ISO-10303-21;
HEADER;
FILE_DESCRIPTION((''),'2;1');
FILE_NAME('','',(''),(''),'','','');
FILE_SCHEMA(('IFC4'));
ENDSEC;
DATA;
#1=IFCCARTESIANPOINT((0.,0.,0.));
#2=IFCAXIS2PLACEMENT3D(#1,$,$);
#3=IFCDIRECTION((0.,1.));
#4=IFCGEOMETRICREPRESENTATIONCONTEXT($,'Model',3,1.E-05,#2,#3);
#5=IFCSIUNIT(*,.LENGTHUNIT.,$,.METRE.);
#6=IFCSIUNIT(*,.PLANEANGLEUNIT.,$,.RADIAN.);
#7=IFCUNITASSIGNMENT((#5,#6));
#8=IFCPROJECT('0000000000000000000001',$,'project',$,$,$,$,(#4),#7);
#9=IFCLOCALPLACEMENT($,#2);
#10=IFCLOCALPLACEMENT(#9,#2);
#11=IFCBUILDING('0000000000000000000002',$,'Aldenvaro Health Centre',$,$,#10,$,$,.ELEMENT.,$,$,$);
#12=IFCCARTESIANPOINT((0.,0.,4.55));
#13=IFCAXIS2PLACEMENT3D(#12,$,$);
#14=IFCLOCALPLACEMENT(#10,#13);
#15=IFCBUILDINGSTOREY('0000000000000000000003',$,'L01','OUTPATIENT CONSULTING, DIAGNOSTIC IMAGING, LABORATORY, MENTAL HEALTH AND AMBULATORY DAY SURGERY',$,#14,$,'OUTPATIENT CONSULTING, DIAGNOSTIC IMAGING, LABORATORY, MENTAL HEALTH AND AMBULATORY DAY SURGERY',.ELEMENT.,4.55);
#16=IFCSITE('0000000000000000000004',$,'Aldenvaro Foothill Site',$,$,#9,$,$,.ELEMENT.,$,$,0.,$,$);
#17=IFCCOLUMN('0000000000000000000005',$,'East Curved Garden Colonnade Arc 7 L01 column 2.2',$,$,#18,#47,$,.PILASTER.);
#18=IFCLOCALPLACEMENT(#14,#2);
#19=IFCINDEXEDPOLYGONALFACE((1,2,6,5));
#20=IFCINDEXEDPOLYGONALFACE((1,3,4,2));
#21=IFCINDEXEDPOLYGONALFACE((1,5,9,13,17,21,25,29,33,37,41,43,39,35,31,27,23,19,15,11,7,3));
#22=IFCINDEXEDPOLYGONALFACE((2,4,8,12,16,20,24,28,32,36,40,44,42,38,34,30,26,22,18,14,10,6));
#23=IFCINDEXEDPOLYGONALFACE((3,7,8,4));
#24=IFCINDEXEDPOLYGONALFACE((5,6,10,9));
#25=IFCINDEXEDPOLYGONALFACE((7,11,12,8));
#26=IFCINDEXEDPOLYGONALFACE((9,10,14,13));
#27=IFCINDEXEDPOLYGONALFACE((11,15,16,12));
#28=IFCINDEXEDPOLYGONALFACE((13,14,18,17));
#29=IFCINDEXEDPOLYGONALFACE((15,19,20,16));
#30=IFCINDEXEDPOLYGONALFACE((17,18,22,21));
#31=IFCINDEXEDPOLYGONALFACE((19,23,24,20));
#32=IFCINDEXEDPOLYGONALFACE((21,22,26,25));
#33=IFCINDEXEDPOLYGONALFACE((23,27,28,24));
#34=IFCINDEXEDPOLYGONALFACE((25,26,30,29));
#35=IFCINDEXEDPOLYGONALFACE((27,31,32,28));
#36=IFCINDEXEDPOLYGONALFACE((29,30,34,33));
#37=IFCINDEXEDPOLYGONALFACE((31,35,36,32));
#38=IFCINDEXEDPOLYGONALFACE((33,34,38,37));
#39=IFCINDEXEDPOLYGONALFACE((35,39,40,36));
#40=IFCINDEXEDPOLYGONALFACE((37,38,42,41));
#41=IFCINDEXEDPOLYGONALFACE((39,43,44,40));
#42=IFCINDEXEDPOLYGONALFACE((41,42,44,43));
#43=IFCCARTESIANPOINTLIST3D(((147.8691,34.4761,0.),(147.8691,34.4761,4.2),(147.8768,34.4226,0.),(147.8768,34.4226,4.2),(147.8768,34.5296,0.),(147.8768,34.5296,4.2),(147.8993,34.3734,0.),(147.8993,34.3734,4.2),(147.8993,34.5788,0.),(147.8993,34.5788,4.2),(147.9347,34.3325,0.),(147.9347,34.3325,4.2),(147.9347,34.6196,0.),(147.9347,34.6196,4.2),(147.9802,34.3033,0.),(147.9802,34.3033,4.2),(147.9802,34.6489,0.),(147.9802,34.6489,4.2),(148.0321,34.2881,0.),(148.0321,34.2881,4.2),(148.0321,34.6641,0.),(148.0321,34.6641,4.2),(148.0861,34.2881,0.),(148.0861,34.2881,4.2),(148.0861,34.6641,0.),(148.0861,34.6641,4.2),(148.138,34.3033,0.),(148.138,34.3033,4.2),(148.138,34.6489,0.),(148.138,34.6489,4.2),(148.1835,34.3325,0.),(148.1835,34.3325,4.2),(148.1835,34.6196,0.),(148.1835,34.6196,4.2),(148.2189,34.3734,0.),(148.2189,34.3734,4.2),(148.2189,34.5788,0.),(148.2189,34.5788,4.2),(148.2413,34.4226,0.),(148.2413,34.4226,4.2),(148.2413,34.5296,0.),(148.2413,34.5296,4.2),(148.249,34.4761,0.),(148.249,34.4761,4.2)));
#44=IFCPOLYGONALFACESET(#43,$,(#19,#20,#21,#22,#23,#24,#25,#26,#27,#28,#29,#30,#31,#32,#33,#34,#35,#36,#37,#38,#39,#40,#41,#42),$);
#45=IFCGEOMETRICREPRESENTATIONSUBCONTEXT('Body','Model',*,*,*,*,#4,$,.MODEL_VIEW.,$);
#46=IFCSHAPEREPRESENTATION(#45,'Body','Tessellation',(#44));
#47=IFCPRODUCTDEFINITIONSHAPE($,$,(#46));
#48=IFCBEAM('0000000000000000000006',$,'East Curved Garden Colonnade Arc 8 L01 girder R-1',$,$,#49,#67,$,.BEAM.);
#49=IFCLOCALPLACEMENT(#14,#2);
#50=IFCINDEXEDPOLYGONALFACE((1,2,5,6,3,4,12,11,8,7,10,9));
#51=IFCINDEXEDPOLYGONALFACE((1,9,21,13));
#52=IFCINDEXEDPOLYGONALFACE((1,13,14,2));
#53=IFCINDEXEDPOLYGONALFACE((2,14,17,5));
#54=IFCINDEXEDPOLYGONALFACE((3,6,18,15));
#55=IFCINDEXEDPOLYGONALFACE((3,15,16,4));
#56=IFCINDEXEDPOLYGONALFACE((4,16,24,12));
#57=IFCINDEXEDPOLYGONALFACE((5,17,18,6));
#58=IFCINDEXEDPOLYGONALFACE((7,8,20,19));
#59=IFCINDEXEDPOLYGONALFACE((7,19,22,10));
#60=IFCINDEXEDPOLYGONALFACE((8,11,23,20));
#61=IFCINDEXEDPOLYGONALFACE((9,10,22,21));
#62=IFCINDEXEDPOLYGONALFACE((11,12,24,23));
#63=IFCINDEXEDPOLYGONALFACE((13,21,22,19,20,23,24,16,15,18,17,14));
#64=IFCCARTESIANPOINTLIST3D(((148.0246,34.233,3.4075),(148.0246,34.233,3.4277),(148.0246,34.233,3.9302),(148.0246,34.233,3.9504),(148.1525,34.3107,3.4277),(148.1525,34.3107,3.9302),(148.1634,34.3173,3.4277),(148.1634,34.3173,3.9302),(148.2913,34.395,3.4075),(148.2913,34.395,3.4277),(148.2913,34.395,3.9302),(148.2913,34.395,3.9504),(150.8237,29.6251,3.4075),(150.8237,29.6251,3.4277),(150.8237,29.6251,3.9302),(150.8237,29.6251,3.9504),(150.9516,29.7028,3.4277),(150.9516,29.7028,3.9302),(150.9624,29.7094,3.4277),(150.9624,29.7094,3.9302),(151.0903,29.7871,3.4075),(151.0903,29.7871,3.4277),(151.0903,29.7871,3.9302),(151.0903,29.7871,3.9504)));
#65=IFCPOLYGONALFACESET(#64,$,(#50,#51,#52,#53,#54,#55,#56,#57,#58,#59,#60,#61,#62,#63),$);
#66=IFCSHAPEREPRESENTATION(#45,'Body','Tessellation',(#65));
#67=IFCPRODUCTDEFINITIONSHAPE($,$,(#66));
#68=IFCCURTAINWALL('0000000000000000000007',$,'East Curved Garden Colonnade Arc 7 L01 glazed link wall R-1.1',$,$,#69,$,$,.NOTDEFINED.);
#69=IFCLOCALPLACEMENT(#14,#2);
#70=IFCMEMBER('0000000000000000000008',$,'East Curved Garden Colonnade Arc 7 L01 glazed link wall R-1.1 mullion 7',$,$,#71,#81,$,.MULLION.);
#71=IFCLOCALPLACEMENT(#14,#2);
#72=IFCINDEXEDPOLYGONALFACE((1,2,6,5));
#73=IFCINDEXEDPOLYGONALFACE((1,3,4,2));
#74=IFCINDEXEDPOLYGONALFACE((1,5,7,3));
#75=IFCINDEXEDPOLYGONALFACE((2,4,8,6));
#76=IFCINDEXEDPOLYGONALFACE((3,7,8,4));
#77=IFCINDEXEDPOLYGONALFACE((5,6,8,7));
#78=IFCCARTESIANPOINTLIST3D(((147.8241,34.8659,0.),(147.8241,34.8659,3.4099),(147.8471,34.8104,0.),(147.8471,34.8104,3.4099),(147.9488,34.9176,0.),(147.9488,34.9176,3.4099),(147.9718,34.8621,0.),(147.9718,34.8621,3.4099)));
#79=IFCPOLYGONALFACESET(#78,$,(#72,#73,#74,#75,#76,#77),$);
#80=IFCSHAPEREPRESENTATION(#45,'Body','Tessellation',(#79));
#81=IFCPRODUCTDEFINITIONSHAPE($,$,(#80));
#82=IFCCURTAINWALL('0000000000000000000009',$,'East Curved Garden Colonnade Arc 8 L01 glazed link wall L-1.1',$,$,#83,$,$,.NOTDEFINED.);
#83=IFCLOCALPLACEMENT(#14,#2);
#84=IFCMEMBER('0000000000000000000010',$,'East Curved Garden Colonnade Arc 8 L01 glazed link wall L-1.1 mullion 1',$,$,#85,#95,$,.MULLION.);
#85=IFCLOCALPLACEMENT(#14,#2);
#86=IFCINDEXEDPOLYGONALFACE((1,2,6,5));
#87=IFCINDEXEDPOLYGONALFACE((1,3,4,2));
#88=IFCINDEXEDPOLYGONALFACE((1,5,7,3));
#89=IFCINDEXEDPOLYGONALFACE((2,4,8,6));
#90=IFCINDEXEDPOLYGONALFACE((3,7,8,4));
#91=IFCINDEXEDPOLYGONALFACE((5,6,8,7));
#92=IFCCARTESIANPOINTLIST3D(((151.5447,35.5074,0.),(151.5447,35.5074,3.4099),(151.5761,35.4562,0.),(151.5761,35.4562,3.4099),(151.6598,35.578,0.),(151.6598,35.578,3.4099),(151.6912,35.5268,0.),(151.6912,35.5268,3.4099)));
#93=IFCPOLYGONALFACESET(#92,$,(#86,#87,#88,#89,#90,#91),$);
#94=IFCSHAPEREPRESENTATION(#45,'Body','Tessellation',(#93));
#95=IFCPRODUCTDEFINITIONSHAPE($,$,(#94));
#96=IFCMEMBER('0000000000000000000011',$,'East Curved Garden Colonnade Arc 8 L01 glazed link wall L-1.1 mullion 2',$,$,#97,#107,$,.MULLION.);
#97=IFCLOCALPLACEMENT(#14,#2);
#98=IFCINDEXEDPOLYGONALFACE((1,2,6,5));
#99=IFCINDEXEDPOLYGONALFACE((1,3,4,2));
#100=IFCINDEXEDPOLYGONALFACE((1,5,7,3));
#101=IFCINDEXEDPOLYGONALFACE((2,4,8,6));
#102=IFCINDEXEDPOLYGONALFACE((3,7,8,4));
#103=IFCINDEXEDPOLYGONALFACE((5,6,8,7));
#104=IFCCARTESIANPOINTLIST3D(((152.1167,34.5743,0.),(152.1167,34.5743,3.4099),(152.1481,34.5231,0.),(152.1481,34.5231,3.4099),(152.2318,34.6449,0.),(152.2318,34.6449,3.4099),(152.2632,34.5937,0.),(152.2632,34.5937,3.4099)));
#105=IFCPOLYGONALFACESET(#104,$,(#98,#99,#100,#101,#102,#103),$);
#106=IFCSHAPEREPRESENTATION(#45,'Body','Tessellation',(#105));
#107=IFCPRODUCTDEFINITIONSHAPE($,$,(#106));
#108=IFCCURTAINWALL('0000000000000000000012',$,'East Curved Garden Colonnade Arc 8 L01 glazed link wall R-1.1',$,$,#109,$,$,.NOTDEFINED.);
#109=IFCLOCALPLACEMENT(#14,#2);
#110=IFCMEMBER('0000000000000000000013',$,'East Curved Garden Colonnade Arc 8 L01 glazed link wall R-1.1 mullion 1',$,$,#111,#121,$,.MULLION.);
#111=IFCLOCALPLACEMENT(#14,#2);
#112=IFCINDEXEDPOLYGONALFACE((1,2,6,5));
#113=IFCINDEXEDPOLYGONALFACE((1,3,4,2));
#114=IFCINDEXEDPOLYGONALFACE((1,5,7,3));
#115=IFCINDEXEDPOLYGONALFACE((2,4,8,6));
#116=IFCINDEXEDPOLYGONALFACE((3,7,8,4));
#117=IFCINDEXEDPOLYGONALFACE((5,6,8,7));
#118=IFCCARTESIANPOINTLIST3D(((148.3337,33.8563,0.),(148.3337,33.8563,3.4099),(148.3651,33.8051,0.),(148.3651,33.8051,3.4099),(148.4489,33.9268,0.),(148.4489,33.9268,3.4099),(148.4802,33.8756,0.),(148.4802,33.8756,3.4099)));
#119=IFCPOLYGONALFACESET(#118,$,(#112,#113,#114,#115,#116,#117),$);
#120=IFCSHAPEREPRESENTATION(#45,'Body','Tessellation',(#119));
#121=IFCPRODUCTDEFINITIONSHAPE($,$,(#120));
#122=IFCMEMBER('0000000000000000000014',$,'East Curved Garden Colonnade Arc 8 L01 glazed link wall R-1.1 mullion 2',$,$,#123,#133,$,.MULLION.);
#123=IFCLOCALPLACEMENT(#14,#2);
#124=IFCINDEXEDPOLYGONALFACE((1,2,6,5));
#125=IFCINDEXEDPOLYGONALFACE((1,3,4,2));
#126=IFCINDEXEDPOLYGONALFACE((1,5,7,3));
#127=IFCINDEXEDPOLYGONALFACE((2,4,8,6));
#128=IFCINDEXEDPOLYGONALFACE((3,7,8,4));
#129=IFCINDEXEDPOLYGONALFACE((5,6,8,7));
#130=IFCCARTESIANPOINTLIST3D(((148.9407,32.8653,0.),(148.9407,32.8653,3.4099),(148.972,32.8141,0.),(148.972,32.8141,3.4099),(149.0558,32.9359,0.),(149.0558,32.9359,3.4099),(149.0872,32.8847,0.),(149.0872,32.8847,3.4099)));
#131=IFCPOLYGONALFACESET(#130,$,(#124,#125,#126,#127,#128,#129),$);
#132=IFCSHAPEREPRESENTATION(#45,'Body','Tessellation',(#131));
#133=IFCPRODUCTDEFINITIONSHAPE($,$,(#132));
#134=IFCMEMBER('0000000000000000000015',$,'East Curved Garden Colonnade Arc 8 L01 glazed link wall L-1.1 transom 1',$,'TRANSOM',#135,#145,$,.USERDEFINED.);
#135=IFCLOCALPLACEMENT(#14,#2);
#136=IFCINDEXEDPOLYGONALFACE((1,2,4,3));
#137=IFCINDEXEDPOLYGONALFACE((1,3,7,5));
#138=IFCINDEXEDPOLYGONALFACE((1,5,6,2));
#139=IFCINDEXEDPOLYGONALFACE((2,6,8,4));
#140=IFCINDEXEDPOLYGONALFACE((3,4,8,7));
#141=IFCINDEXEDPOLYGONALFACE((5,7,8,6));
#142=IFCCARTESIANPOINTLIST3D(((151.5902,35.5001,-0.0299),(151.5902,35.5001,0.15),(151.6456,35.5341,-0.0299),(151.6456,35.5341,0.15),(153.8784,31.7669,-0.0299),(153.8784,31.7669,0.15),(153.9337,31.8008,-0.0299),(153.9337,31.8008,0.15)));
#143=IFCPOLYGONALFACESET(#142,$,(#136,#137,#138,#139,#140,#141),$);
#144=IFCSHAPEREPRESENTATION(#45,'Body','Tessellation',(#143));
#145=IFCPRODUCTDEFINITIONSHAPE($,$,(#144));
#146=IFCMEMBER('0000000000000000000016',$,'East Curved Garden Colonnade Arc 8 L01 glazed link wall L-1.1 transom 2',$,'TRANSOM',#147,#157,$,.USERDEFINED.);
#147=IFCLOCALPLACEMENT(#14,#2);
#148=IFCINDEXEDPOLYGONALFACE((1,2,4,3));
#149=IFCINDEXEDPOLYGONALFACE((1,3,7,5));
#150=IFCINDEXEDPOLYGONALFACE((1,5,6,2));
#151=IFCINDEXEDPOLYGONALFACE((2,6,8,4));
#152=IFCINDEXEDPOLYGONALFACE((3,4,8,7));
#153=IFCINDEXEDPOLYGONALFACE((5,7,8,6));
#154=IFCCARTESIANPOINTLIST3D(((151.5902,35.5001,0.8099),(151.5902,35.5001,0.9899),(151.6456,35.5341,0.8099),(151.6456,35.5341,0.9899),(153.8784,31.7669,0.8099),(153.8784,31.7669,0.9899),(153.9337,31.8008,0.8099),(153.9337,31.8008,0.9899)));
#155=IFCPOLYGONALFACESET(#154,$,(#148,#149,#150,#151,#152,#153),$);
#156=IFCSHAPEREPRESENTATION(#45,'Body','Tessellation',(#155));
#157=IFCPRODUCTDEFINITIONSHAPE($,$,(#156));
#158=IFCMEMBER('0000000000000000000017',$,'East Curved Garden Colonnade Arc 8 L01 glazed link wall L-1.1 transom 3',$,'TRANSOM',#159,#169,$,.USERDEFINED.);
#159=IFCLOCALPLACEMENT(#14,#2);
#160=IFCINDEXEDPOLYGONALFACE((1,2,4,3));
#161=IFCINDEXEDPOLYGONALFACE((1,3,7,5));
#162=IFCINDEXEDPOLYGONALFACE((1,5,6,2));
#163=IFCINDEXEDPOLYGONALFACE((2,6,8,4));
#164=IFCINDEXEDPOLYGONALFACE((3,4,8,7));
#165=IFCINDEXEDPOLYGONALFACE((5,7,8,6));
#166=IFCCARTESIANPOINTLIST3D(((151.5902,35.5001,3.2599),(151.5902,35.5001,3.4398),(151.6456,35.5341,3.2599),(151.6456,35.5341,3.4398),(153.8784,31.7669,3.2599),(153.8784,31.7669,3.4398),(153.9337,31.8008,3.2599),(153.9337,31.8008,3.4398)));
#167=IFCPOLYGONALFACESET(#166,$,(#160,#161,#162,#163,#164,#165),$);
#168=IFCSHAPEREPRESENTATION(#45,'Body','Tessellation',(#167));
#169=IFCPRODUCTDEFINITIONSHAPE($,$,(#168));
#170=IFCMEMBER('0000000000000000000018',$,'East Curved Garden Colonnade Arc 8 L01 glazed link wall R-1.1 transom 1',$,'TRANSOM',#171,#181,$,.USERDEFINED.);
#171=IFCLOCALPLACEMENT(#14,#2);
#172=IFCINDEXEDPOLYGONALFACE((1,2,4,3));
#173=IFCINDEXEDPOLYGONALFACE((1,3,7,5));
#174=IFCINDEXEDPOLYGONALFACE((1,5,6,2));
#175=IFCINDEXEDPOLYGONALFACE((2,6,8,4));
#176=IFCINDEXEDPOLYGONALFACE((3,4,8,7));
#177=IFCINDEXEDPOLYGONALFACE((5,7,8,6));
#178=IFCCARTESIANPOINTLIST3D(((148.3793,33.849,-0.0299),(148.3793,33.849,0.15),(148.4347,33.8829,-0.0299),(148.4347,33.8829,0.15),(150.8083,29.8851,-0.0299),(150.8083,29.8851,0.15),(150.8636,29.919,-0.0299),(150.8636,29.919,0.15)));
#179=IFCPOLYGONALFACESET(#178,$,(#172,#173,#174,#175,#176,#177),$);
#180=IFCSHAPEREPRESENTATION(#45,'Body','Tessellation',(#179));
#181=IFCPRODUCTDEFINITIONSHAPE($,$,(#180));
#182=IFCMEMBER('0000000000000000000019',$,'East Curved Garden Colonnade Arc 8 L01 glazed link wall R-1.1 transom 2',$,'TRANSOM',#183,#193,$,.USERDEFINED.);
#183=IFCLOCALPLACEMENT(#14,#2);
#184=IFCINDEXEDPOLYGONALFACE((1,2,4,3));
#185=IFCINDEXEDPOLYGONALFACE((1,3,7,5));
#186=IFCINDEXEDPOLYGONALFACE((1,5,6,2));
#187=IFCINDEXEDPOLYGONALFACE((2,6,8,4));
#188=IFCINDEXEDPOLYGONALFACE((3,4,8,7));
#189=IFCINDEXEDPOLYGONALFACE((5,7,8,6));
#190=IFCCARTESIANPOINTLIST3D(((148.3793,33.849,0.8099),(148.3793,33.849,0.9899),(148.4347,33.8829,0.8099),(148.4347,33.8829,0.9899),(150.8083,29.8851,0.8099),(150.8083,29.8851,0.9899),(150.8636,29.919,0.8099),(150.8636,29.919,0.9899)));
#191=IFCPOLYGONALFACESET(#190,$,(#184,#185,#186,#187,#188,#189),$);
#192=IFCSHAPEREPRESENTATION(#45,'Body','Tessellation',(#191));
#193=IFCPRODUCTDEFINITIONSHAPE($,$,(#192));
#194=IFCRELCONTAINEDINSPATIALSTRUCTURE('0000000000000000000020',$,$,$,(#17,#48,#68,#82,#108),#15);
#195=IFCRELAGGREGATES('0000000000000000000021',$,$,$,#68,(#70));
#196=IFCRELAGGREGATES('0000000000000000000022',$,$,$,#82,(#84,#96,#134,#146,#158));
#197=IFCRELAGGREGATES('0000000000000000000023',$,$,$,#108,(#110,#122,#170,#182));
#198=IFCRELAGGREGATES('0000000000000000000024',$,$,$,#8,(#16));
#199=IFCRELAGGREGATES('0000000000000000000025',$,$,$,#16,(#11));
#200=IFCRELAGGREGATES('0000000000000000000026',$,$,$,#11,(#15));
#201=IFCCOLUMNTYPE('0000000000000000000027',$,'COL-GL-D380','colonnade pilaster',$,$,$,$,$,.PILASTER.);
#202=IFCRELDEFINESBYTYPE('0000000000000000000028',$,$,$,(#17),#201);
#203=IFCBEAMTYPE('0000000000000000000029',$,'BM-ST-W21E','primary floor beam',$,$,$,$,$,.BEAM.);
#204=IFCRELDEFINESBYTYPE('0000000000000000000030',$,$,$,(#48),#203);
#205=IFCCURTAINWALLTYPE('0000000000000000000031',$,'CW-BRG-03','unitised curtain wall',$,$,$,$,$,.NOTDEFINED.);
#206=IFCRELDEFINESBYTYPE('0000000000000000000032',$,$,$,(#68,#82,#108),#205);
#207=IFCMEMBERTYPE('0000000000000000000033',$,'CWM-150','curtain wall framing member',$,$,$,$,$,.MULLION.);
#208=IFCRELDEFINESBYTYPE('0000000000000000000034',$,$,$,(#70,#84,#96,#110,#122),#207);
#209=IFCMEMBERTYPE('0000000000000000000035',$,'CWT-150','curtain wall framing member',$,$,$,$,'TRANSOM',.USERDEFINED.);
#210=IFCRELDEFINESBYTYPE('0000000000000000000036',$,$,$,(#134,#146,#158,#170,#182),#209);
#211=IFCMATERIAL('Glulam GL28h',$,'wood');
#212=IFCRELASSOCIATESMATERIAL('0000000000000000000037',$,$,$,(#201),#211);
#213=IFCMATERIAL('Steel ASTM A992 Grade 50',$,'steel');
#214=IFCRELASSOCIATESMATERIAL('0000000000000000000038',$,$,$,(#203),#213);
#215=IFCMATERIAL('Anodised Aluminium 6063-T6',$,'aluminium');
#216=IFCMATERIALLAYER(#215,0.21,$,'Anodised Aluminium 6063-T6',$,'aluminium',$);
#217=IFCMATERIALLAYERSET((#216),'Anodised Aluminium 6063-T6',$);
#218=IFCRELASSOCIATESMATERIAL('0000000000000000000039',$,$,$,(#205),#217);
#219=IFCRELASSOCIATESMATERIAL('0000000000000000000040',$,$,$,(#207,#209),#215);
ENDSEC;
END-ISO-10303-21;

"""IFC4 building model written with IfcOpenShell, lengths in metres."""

from ifc_helpers import new_model, si_unit, direction, frame, origin, origin_2d, place, context, subcontext, project, spatial, rectangle, circle, i_section, extrude, material, layer, layer_set, material_profile, profile_set, type_object, element, aggregate, save


model = new_model("IFC4")

# Units and contexts
model_context = context("Model", 3, precision=1e-05, world=origin(), true_north=direction((0.0, 1.0)))
body_context = subcontext(model_context, "Body", "Model", "MODEL_VIEW")
ifc_project = project(units=[si_unit("LENGTHUNIT", "METRE"), si_unit("PLANEANGLEUNIT", "RADIAN")], contexts=[model_context])

# Site, building, storey
site_placement = place(None, origin())
site = spatial("IfcSite", under=ifc_project, at=site_placement, Name="Aldenvaro Foothill Site", CompositionType="ELEMENT", RefElevation=0.0)
building_placement = place(site_placement, origin())
building = spatial("IfcBuilding", under=site, at=building_placement, Name="Aldenvaro Health Centre", CompositionType="ELEMENT")
storey_placement = place(building_placement, frame((0.0, 0.0, 4.55)))
storey = spatial("IfcBuildingStorey", under=building, at=storey_placement, Name="L01", Description="OUTPATIENT CONSULTING, DIAGNOSTIC IMAGING, LABORATORY, MENTAL HEALTH AND AMBULATORY DAY SURGERY", LongName="OUTPATIENT CONSULTING, DIAGNOSTIC IMAGING, LABORATORY, MENTAL HEALTH AND AMBULATORY DAY SURGERY", CompositionType="ELEMENT", Elevation=4.55)

# Column
ifc_material_1 = material(Name="Glulam GL28h", Category="wood")
ifc_material_profile_1 = material_profile(ifc_material_1, circle(Radius=0.1899, at=origin_2d()), Name="GL D380", Category="wood")
ifc_profile_set_1 = profile_set([ifc_material_profile_1], Name="Glulam GL28h")
column_type = type_object("IfcColumnType", Name="COL-GL-D380", Description="colonnade pilaster", PredefinedType="PILASTER", material=ifc_profile_set_1)
column_placement = place(storey_placement, frame((148.0591, 34.4761, 0.0), z_axis=(0.0, 0.0, 1.0), x_axis=(1.0, 0.0, 0.0)))
element("IfcColumn", 1, at=column_placement, inside=storey, type_object=column_type, Name="East Curved Garden Colonnade Arc 7 L01 column 2.2", PredefinedType="PILASTER", context=body_context, shape_type="SweptSolid", body=[
    extrude(circle(Radius=0.1899, at=origin_2d()), origin(), (0.0, 0.0, 1.0), 4.2),
])

# Beam
ifc_material_2 = material(Name="Steel ASTM A992 Grade 50", Category="steel")
ifc_material_profile_2 = material_profile(ifc_material_2, i_section(OverallWidth=0.312, OverallDepth=0.543, WebThickness=0.0127, FlangeThickness=0.0203, at=origin_2d()), Name="W21X101", Category="steel")
ifc_profile_set_2 = profile_set([ifc_material_profile_2], Name="Steel ASTM A992 Grade 50")
beam_type = type_object("IfcBeamType", Name="BM-ST-W21E", Description="primary floor beam", PredefinedType="BEAM", material=ifc_profile_set_2)
beam_placement = place(storey_placement, frame((148.158, 34.314, 3.679), z_axis=(0.51917, -0.854671, 0.0), x_axis=(0.854671, 0.51917, 0.0)))
element("IfcBeam", 2, at=beam_placement, inside=storey, type_object=beam_type, Name="East Curved Garden Colonnade Arc 8 L01 girder R-1", PredefinedType="BEAM", context=body_context, shape_type="SweptSolid", body=[
    extrude(i_section(OverallWidth=0.312, OverallDepth=0.543, WebThickness=0.0127, FlangeThickness=0.0203, at=origin_2d()), origin(), (0.0, 0.0, 1.0), 5.3914),
])

# Curtain wall, member
ifc_material_3 = material(Name="Anodised Aluminium 6063-T6", Category="aluminium")
ifc_layer_1 = layer(ifc_material_3, 0.21, Name="Anodised Aluminium 6063-T6", Category="aluminium")
ifc_layer_set_1 = layer_set([ifc_layer_1], Name="Anodised Aluminium 6063-T6")
curtain_wall_type = type_object("IfcCurtainWallType", Name="CW-BRG-03", Description="unitised curtain wall", PredefinedType="NOTDEFINED", material=ifc_layer_set_1)
curtain_wall_1_placement = place(storey_placement, origin())
curtain_wall_1 = element("IfcCurtainWall", 3, at=curtain_wall_1_placement, inside=storey, type_object=curtain_wall_type, Name="East Curved Garden Colonnade Arc 7 L01 glazed link wall R-1.1", PredefinedType="NOTDEFINED")
ifc_material_profile_3 = material_profile(ifc_material_3, rectangle(XDim=0.0601, YDim=0.135, at=origin_2d()), Name="ALU 60x135", Category="aluminium")
ifc_profile_set_3 = profile_set([ifc_material_profile_3], Name="Anodised Aluminium 6063-T6")
member_type_1 = type_object("IfcMemberType", Name="CWM-150", Description="curtain wall framing member", PredefinedType="MULLION", material=ifc_profile_set_3)
member_1_placement = place(storey_placement, frame((147.8979, 34.864, 0.0), z_axis=(0.0, 0.0, 1.0), x_axis=(0.382503, -0.923954, 0.0)))
member_1 = element("IfcMember", 4, at=member_1_placement, type_object=member_type_1, Name="East Curved Garden Colonnade Arc 7 L01 glazed link wall R-1.1 mullion 7", PredefinedType="MULLION", context=body_context, shape_type="SweptSolid", body=[
    extrude(rectangle(XDim=0.0601, YDim=0.135, at=origin_2d()), origin(), (0.0, 0.0, 1.0), 3.4099),
])

# Curtain walls, members
curtain_wall_2_placement = place(storey_placement, origin())
curtain_wall_2 = element("IfcCurtainWall", 5, at=curtain_wall_2_placement, inside=storey, type_object=curtain_wall_type, Name="East Curved Garden Colonnade Arc 8 L01 glazed link wall L-1.1", PredefinedType="NOTDEFINED")
member_2_placement = place(storey_placement, frame((151.6179, 35.5171, 0.0), z_axis=(0.0, 0.0, 1.0), x_axis=(0.522567, -0.852598, 0.0)))
member_2 = element("IfcMember", 6, at=member_2_placement, type_object=member_type_1, Name="East Curved Garden Colonnade Arc 8 L01 glazed link wall L-1.1 mullion 1", PredefinedType="MULLION", context=body_context, shape_type="SweptSolid", body=[
    extrude(rectangle(XDim=0.0601, YDim=0.135, at=origin_2d()), origin(), (0.0, 0.0, 1.0), 3.4099),
])
member_3_placement = place(storey_placement, frame((152.1899, 34.584, 0.0), z_axis=(0.0, 0.0, 1.0), x_axis=(0.522567, -0.852598, 0.0)))
member_3 = element("IfcMember", 7, at=member_3_placement, type_object=member_type_1, Name="East Curved Garden Colonnade Arc 8 L01 glazed link wall L-1.1 mullion 2", PredefinedType="MULLION", context=body_context, shape_type="SweptSolid", body=[
    extrude(rectangle(XDim=0.0601, YDim=0.135, at=origin_2d()), origin(), (0.0, 0.0, 1.0), 3.4099),
])
curtain_wall_3_placement = place(storey_placement, origin())
curtain_wall_3 = element("IfcCurtainWall", 8, at=curtain_wall_3_placement, inside=storey, type_object=curtain_wall_type, Name="East Curved Garden Colonnade Arc 8 L01 glazed link wall R-1.1", PredefinedType="NOTDEFINED")
member_4_placement = place(storey_placement, frame((148.407, 33.866, 0.0), z_axis=(0.0, 0.0, 1.0), x_axis=(0.522476, -0.852654, 0.0)))
member_4 = element("IfcMember", 9, at=member_4_placement, type_object=member_type_1, Name="East Curved Garden Colonnade Arc 8 L01 glazed link wall R-1.1 mullion 1", PredefinedType="MULLION", context=body_context, shape_type="SweptSolid", body=[
    extrude(rectangle(XDim=0.0601, YDim=0.135, at=origin_2d()), origin(), (0.0, 0.0, 1.0), 3.4099),
])
member_5_placement = place(storey_placement, frame((149.0139, 32.875, 0.0), z_axis=(0.0, 0.0, 1.0), x_axis=(0.522476, -0.852654, 0.0)))
member_5 = element("IfcMember", 10, at=member_5_placement, type_object=member_type_1, Name="East Curved Garden Colonnade Arc 8 L01 glazed link wall R-1.1 mullion 2", PredefinedType="MULLION", context=body_context, shape_type="SweptSolid", body=[
    extrude(rectangle(XDim=0.0601, YDim=0.135, at=origin_2d()), origin(), (0.0, 0.0, 1.0), 3.4099),
])

# Members
ifc_material_profile_4 = material_profile(ifc_material_3, rectangle(XDim=0.0649, YDim=0.1799, at=origin_2d()), Name="ALU 65x180", Category="aluminium")
ifc_profile_set_4 = profile_set([ifc_material_profile_4], Name="Anodised Aluminium 6063-T6")
member_type_2 = type_object("IfcMemberType", Name="CWT-150", Description="curtain wall framing member", ElementType="TRANSOM", PredefinedType="USERDEFINED", material=ifc_profile_set_4)
member_6_placement = place(storey_placement, frame((151.6179, 35.5171, 0.0601), z_axis=(0.522566, -0.852599, 0.0), x_axis=(0.852599, 0.522566, 0.0)))
member_6 = element("IfcMember", 11, at=member_6_placement, type_object=member_type_2, Name="East Curved Garden Colonnade Arc 8 L01 glazed link wall L-1.1 transom 1", ObjectType="TRANSOM", PredefinedType="USERDEFINED", context=body_context, shape_type="SweptSolid", body=[
    extrude(rectangle(XDim=0.0649, YDim=0.1799, at=origin_2d()), origin(), (0.0, 0.0, 1.0), 4.3787),
])
member_7_placement = place(storey_placement, frame((151.6179, 35.5171, 0.8999), z_axis=(0.522566, -0.852599, 0.0), x_axis=(0.852599, 0.522566, 0.0)))
member_7 = element("IfcMember", 12, at=member_7_placement, type_object=member_type_2, Name="East Curved Garden Colonnade Arc 8 L01 glazed link wall L-1.1 transom 2", ObjectType="TRANSOM", PredefinedType="USERDEFINED", context=body_context, shape_type="SweptSolid", body=[
    extrude(rectangle(XDim=0.0649, YDim=0.1799, at=origin_2d()), origin(), (0.0, 0.0, 1.0), 4.3787),
])
member_8_placement = place(storey_placement, frame((151.6179, 35.5171, 3.3499), z_axis=(0.522566, -0.852599, 0.0), x_axis=(0.852599, 0.522566, 0.0)))
member_8 = element("IfcMember", 13, at=member_8_placement, type_object=member_type_2, Name="East Curved Garden Colonnade Arc 8 L01 glazed link wall L-1.1 transom 3", ObjectType="TRANSOM", PredefinedType="USERDEFINED", context=body_context, shape_type="SweptSolid", body=[
    extrude(rectangle(XDim=0.0649, YDim=0.1799, at=origin_2d()), origin(), (0.0, 0.0, 1.0), 4.3787),
])
member_9_placement = place(storey_placement, frame((148.407, 33.866, 0.0601), z_axis=(0.522482, -0.85265, 0.0), x_axis=(0.85265, 0.522482, 0.0)))
member_9 = element("IfcMember", 14, at=member_9_placement, type_object=member_type_2, Name="East Curved Garden Colonnade Arc 8 L01 glazed link wall R-1.1 transom 1", ObjectType="TRANSOM", PredefinedType="USERDEFINED", context=body_context, shape_type="SweptSolid", body=[
    extrude(rectangle(XDim=0.0649, YDim=0.1799, at=origin_2d()), origin(), (0.0, 0.0, 1.0), 4.6489),
])
member_10_placement = place(storey_placement, frame((148.407, 33.866, 0.8999), z_axis=(0.522482, -0.85265, 0.0), x_axis=(0.85265, 0.522482, 0.0)))
member_10 = element("IfcMember", 15, at=member_10_placement, type_object=member_type_2, Name="East Curved Garden Colonnade Arc 8 L01 glazed link wall R-1.1 transom 2", ObjectType="TRANSOM", PredefinedType="USERDEFINED", context=body_context, shape_type="SweptSolid", body=[
    extrude(rectangle(XDim=0.0649, YDim=0.1799, at=origin_2d()), origin(), (0.0, 0.0, 1.0), 4.6489),
])

aggregate(curtain_wall_1, [member_1])
aggregate(curtain_wall_2, [member_2, member_3, member_6, member_7, member_8])
aggregate(curtain_wall_3, [member_4, member_5, member_9, member_10])

save(model, "model.ifc")
